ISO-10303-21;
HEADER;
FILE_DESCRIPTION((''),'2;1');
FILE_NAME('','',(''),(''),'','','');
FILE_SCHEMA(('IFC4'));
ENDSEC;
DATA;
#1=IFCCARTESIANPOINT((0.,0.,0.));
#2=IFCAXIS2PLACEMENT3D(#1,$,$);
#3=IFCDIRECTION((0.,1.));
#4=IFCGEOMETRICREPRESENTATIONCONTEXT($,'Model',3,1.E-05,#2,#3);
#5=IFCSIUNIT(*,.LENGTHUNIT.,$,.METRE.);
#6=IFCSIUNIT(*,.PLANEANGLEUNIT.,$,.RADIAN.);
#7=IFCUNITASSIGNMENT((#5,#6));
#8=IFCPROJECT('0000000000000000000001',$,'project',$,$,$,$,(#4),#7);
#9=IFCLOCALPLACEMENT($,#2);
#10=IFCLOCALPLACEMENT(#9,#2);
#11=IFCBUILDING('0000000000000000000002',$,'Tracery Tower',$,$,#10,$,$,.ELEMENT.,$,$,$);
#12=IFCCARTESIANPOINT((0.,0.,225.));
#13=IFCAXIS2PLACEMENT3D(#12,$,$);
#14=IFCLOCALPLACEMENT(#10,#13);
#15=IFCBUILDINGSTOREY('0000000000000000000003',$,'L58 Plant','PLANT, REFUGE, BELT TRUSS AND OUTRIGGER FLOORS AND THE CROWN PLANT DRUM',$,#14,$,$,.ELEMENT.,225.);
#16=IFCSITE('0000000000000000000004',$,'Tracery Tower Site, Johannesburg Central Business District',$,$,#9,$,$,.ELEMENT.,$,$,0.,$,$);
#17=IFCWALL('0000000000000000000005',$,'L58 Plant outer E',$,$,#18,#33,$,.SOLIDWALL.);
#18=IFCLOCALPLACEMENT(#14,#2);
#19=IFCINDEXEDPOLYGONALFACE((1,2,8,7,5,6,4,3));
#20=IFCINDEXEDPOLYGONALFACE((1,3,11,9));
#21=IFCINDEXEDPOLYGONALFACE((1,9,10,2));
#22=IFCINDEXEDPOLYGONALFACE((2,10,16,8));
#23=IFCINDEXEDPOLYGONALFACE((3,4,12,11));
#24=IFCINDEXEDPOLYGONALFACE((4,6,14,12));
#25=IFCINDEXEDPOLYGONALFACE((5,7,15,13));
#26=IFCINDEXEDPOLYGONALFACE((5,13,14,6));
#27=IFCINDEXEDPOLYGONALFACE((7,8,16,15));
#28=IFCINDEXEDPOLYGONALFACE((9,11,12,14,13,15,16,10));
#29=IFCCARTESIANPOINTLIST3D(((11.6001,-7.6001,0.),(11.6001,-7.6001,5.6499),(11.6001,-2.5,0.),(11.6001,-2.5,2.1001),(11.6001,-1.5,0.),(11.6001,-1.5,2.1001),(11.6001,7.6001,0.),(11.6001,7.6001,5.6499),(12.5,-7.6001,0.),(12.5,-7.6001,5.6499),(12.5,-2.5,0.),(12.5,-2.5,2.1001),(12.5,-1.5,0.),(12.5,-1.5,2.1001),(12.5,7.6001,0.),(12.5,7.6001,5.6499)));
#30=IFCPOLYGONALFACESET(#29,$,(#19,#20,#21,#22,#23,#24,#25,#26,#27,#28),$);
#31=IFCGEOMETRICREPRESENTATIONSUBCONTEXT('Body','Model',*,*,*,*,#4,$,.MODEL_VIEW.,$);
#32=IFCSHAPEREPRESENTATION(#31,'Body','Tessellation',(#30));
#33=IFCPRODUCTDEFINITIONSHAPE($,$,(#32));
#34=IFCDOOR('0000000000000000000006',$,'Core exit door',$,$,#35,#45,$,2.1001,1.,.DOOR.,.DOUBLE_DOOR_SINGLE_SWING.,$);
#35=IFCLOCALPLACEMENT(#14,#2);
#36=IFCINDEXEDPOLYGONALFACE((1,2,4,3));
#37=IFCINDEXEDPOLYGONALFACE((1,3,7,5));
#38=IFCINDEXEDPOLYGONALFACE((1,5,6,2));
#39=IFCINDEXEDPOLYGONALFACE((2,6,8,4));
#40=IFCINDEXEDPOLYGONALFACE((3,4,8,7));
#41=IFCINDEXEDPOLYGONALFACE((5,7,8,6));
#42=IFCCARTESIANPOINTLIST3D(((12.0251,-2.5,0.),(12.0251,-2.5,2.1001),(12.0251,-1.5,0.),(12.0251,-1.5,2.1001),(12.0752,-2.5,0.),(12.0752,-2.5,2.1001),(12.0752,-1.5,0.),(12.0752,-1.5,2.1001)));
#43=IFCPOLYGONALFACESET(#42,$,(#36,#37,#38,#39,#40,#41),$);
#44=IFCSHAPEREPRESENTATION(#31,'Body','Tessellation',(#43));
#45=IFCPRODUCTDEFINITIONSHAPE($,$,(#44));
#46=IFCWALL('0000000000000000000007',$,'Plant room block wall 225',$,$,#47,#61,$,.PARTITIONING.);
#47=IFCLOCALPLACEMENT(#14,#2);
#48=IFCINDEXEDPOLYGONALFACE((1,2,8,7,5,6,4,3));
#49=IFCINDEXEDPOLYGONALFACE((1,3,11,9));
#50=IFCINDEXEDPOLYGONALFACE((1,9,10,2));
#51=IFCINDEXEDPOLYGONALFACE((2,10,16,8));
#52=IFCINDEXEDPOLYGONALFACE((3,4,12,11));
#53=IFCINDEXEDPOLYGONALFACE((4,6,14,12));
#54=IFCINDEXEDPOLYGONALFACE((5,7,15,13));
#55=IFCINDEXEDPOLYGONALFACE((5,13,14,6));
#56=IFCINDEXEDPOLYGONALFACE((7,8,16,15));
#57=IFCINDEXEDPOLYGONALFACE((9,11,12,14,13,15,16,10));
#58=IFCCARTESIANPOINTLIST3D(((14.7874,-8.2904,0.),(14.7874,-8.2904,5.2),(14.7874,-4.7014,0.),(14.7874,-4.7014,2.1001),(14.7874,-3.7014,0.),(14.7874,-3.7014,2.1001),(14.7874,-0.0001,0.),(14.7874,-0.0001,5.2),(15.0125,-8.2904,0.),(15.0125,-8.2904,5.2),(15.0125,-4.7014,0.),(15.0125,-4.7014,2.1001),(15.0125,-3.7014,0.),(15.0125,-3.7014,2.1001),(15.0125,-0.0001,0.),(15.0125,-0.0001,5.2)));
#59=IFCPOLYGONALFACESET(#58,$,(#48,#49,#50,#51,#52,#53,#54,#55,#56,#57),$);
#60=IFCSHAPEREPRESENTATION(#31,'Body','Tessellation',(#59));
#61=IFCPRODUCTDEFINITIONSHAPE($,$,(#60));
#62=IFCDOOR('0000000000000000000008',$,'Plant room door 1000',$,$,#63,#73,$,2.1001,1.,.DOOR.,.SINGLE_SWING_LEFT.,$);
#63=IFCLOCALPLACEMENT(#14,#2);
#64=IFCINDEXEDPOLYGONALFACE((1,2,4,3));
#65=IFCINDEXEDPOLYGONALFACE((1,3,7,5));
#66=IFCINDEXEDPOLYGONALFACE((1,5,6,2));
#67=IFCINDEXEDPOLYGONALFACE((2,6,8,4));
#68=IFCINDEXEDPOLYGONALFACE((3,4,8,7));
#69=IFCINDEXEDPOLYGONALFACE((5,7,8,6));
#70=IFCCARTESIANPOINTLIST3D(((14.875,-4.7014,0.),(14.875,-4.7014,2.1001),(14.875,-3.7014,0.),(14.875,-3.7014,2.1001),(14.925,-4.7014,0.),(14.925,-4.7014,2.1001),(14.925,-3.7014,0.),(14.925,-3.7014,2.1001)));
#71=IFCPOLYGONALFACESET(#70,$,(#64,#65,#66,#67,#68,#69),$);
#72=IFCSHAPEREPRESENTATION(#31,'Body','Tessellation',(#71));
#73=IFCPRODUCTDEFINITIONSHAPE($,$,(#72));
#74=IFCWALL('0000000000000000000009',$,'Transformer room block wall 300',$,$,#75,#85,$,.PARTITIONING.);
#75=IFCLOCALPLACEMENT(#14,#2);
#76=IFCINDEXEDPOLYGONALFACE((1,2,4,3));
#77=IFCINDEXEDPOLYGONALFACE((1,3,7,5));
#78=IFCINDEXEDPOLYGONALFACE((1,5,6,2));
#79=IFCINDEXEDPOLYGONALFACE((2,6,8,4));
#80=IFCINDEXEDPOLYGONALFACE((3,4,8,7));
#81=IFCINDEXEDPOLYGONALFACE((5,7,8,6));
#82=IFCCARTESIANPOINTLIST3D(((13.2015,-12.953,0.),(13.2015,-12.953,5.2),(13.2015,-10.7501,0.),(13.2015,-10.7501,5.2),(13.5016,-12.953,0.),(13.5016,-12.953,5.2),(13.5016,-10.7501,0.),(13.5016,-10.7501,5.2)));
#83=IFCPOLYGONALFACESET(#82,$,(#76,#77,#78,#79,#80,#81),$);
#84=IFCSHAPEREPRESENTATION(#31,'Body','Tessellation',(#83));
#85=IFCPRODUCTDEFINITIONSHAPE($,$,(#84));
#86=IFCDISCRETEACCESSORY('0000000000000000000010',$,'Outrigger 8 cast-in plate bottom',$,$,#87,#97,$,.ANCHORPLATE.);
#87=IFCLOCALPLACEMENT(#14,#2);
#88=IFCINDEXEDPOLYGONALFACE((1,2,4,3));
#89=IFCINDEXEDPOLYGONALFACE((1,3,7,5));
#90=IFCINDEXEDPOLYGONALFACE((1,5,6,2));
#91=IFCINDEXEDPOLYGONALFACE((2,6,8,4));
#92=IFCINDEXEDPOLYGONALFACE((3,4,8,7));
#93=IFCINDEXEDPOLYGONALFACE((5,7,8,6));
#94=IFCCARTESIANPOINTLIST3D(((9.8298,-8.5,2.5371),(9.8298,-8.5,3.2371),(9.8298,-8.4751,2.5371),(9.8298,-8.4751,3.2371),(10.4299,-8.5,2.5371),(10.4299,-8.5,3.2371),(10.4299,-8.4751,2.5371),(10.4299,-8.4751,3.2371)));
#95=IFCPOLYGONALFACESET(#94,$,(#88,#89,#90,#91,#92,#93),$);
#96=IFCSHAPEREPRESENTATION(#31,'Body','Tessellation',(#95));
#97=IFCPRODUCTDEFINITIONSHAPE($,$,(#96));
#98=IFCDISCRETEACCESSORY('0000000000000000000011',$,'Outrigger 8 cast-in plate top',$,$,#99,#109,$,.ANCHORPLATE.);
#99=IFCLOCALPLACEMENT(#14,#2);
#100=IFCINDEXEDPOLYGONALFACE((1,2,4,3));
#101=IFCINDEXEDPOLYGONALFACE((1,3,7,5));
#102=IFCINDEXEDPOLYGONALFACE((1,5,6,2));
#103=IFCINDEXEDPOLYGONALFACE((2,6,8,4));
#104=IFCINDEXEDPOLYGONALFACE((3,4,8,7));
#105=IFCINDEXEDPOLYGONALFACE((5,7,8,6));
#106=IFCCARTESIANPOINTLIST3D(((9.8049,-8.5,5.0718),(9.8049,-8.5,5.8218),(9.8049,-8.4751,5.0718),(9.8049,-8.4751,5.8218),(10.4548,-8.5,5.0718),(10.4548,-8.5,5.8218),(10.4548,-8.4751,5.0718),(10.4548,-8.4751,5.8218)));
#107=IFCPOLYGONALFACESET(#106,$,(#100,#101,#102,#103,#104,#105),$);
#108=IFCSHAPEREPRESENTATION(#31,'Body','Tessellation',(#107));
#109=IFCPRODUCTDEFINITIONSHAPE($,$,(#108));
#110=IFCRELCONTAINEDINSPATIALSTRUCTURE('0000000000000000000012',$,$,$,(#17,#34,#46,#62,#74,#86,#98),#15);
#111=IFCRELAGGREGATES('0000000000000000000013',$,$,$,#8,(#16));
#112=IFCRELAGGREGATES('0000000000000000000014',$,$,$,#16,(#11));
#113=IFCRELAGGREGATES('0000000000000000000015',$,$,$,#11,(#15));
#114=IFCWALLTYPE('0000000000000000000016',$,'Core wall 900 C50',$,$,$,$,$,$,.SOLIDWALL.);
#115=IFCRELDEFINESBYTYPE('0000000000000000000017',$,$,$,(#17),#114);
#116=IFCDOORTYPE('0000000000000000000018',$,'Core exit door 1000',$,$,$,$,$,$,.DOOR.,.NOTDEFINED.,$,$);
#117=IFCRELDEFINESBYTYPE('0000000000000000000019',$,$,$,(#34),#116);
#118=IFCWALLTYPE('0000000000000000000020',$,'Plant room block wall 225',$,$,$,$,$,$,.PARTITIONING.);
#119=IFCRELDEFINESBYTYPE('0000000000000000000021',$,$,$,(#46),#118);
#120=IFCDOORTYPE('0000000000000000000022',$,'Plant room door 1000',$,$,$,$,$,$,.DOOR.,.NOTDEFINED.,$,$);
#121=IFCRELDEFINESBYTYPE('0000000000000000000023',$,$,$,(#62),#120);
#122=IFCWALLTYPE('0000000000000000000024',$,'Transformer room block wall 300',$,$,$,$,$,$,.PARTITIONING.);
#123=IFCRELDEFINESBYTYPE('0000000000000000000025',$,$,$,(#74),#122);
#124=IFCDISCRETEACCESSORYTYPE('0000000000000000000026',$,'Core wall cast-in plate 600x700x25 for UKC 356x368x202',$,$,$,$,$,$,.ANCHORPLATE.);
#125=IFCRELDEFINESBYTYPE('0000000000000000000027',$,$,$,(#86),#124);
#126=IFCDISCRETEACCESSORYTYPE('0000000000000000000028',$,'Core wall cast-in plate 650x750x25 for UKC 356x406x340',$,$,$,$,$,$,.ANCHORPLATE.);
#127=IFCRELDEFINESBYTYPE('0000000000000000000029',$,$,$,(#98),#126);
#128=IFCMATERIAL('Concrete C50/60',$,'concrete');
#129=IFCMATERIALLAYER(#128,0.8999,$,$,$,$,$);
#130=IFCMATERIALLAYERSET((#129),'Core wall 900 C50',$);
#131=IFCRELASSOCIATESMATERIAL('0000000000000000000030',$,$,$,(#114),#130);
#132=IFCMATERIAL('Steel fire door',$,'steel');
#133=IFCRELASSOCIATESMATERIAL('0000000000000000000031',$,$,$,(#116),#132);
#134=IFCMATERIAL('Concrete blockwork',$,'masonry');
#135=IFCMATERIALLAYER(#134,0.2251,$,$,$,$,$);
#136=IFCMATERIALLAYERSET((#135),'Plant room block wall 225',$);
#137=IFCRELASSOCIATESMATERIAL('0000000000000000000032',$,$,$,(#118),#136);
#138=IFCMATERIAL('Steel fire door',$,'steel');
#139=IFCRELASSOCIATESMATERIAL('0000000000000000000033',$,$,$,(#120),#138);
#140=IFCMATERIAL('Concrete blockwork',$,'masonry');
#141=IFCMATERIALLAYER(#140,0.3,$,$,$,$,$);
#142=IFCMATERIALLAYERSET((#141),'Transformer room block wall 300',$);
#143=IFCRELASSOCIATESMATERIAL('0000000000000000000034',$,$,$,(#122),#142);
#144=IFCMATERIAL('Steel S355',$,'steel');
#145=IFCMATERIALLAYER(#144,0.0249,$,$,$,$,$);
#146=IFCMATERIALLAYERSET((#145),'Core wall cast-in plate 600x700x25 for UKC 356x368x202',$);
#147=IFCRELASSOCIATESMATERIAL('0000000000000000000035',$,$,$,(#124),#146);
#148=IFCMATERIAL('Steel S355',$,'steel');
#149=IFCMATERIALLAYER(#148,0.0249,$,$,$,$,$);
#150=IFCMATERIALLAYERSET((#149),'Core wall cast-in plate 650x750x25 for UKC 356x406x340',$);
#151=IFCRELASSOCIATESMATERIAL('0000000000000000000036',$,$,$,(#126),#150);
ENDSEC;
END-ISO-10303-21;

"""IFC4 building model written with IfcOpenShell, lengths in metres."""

from ifc_helpers import new_model, si_unit, direction, frame, frame_2d, origin, origin_2d, place, context, subcontext, project, spatial, rectangle, extrude, material, layer, layer_set, type_object, element, fill, save


model = new_model("IFC4")

# Units and contexts
model_context = context("Model", 3, precision=1e-05, world=origin(), true_north=direction((0.0, 1.0)))
body_context = subcontext(model_context, "Body", "Model", "MODEL_VIEW")
ifc_project = project(units=[si_unit("LENGTHUNIT", "METRE"), si_unit("PLANEANGLEUNIT", "RADIAN")], contexts=[model_context])

# Site, building, storey
site_placement = place(None, origin())
site = spatial("IfcSite", under=ifc_project, at=site_placement, Name="Tracery Tower Site, Johannesburg Central Business District", CompositionType="ELEMENT", RefElevation=0.0)
building_placement = place(site_placement, origin())
building = spatial("IfcBuilding", under=site, at=building_placement, Name="Tracery Tower", CompositionType="ELEMENT")
storey_placement = place(building_placement, frame((0.0, 0.0, 225.0)))
storey = spatial("IfcBuildingStorey", under=building, at=storey_placement, Name="L58 Plant", Description="PLANT, REFUGE, BELT TRUSS AND OUTRIGGER FLOORS AND THE CROWN PLANT DRUM", CompositionType="ELEMENT", Elevation=225.0)

# Walls, openings, doors
ifc_material_1 = material(Name="Concrete C50/60", Category="concrete")
ifc_layer_1 = layer(ifc_material_1, 0.8999)
ifc_layer_set_1 = layer_set([ifc_layer_1], Name="Core wall 900 C50")
wall_type_1 = type_object("IfcWallType", Name="Core wall 900 C50", PredefinedType="SOLIDWALL", material=ifc_layer_set_1)
wall_1_placement = place(storey_placement, frame((12.05, -7.6001, 0.0), z_axis=(0.0, 0.0, 1.0), x_axis=(0.0, 1.0, 0.0)))
wall_1 = element("IfcWall", 1, at=wall_1_placement, inside=storey, type_object=wall_type_1, Name="L58 Plant outer E", PredefinedType="SOLIDWALL", context=body_context, shape_type="SweptSolid", body=[
    extrude(rectangle(XDim=15.2002, YDim=0.8999, at=frame_2d((7.6001, 0.0))), origin(), (0.0, 0.0, 1.0), 5.6499),
])
opening_1_placement = place(wall_1_placement, frame((5.1001, 0.0, 0.0)))
opening_1 = element("IfcOpeningElement", 2, at=opening_1_placement, cuts=wall_1, PredefinedType="OPENING", context=body_context, shape_type="SweptSolid", body=[
    extrude(rectangle(XDim=1.0, YDim=2.1001, at=frame_2d((0.5, 1.05))), frame((0.0, 0.45, 0.0), z_axis=(0.0, -1.0, 0.0), x_axis=(1.0, 0.0, 0.0)), (0.0, 0.0, 1.0), 0.8999),
])
ifc_material_2 = material(Name="Steel fire door", Category="steel")
door_type_1 = type_object("IfcDoorType", Name="Core exit door 1000", OperationType="NOTDEFINED", PredefinedType="DOOR", material=ifc_material_2)
door_1_placement = place(opening_1_placement, origin())
door_1 = element("IfcDoor", 3, at=door_1_placement, inside=storey, type_object=door_type_1, Name="Core exit door", OperationType="DOUBLE_DOOR_SINGLE_SWING", OverallHeight=2.1001, OverallWidth=1.0, PredefinedType="DOOR", context=body_context, shape_type="SweptSolid", body=[
    extrude(rectangle(XDim=1.0, YDim=2.1001, at=frame_2d((0.5, 1.05))), frame((0.0, 0.0249, 0.0), z_axis=(0.0, -1.0, 0.0), x_axis=(1.0, 0.0, 0.0)), (0.0, 0.0, 1.0), 0.05),
])
fill(opening_1, door_1)
ifc_material_3 = material(Name="Concrete blockwork", Category="masonry")
ifc_layer_2 = layer(ifc_material_3, 0.2251)
ifc_layer_set_2 = layer_set([ifc_layer_2], Name="Plant room block wall 225")
wall_type_2 = type_object("IfcWallType", Name="Plant room block wall 225", PredefinedType="PARTITIONING", material=ifc_layer_set_2)
wall_2_placement = place(storey_placement, frame((14.8999, -8.2903, 0.0), z_axis=(0.0, 0.0, 1.0), x_axis=(0.0, 1.0, 0.0)))
wall_2 = element("IfcWall", 4, at=wall_2_placement, inside=storey, type_object=wall_type_2, Name="Plant room block wall 225", PredefinedType="PARTITIONING", context=body_context, shape_type="SweptSolid", body=[
    extrude(rectangle(XDim=8.2903, YDim=0.2251, at=frame_2d((4.145, 0.0))), origin(), (0.0, 0.0, 1.0), 5.2),
])
opening_2_placement = place(wall_2_placement, frame((3.5889, 0.0, 0.0)))
opening_2 = element("IfcOpeningElement", 5, at=opening_2_placement, cuts=wall_2, PredefinedType="OPENING", context=body_context, shape_type="SweptSolid", body=[
    extrude(rectangle(XDim=1.0, YDim=2.1001, at=frame_2d((0.5, 1.05))), frame((0.0, 0.1125, 0.0), z_axis=(0.0, -1.0, 0.0), x_axis=(1.0, 0.0, 0.0)), (0.0, 0.0, 1.0), 0.2251),
])
ifc_material_4 = material(Name="Steel fire door", Category="steel")
door_type_2 = type_object("IfcDoorType", Name="Plant room door 1000", OperationType="NOTDEFINED", PredefinedType="DOOR", material=ifc_material_4)
door_2_placement = place(opening_2_placement, origin())
door_2 = element("IfcDoor", 6, at=door_2_placement, inside=storey, type_object=door_type_2, Name="Plant room door 1000", OperationType="SINGLE_SWING_LEFT", OverallHeight=2.1001, OverallWidth=1.0, PredefinedType="DOOR", context=body_context, shape_type="SweptSolid", body=[
    extrude(rectangle(XDim=1.0, YDim=2.1001, at=frame_2d((0.5, 1.05))), frame((0.0, 0.0249, 0.0), z_axis=(0.0, -1.0, 0.0), x_axis=(1.0, 0.0, 0.0)), (0.0, 0.0, 1.0), 0.05),
])
fill(opening_2, door_2)

# Wall
ifc_material_5 = material(Name="Concrete blockwork", Category="masonry")
ifc_layer_3 = layer(ifc_material_5, 0.3)
ifc_layer_set_3 = layer_set([ifc_layer_3], Name="Transformer room block wall 300")
wall_type_3 = type_object("IfcWallType", Name="Transformer room block wall 300", PredefinedType="PARTITIONING", material=ifc_layer_set_3)
wall_3_placement = place(storey_placement, frame((13.3516, -10.75, 0.0), z_axis=(0.0, 0.0, 1.0), x_axis=(0.0, -1.0, 0.0)))
element("IfcWall", 7, at=wall_3_placement, inside=storey, type_object=wall_type_3, Name="Transformer room block wall 300", PredefinedType="PARTITIONING", context=body_context, shape_type="SweptSolid", body=[
    extrude(rectangle(XDim=2.2029, YDim=0.3, at=frame_2d((1.1016, 0.0))), origin(), (0.0, 0.0, 1.0), 5.2),
])

# Discrete accessories
ifc_material_6 = material(Name="Steel S355", Category="steel")
ifc_layer_4 = layer(ifc_material_6, 0.0249)
ifc_layer_set_4 = layer_set([ifc_layer_4], Name="Core wall cast-in plate 600x700x25 for UKC 356x368x202")
discrete_accessory_type_1 = type_object("IfcDiscreteAccessoryType", Name="Core wall cast-in plate 600x700x25 for UKC 356x368x202", PredefinedType="ANCHORPLATE", material=ifc_layer_set_4)
discrete_accessory_1_placement = place(storey_placement, frame((10.1299, -8.4875, 2.5371), z_axis=(0.0, 0.0, 1.0), x_axis=(1.0, 0.0, 0.0)))
element("IfcDiscreteAccessory", 8, at=discrete_accessory_1_placement, inside=storey, type_object=discrete_accessory_type_1, Name="Outrigger 8 cast-in plate bottom", PredefinedType="ANCHORPLATE", context=body_context, shape_type="SweptSolid", body=[
    extrude(rectangle(XDim=0.6001, YDim=0.0249, at=origin_2d()), origin(), (0.0, 0.0, 1.0), 0.7),
])
ifc_material_7 = material(Name="Steel S355", Category="steel")
ifc_layer_5 = layer(ifc_material_7, 0.0249)
ifc_layer_set_5 = layer_set([ifc_layer_5], Name="Core wall cast-in plate 650x750x25 for UKC 356x406x340")
discrete_accessory_type_2 = type_object("IfcDiscreteAccessoryType", Name="Core wall cast-in plate 650x750x25 for UKC 356x406x340", PredefinedType="ANCHORPLATE", material=ifc_layer_set_5)
discrete_accessory_2_placement = place(storey_placement, frame((10.1299, -8.4875, 5.0718), z_axis=(0.0, 0.0, 1.0), x_axis=(1.0, 0.0, 0.0)))
element("IfcDiscreteAccessory", 9, at=discrete_accessory_2_placement, inside=storey, type_object=discrete_accessory_type_2, Name="Outrigger 8 cast-in plate top", PredefinedType="ANCHORPLATE", context=body_context, shape_type="SweptSolid", body=[
    extrude(rectangle(XDim=0.6499, YDim=0.0249, at=origin_2d()), origin(), (0.0, 0.0, 1.0), 0.75),
])

save(model, "model.ifc")
